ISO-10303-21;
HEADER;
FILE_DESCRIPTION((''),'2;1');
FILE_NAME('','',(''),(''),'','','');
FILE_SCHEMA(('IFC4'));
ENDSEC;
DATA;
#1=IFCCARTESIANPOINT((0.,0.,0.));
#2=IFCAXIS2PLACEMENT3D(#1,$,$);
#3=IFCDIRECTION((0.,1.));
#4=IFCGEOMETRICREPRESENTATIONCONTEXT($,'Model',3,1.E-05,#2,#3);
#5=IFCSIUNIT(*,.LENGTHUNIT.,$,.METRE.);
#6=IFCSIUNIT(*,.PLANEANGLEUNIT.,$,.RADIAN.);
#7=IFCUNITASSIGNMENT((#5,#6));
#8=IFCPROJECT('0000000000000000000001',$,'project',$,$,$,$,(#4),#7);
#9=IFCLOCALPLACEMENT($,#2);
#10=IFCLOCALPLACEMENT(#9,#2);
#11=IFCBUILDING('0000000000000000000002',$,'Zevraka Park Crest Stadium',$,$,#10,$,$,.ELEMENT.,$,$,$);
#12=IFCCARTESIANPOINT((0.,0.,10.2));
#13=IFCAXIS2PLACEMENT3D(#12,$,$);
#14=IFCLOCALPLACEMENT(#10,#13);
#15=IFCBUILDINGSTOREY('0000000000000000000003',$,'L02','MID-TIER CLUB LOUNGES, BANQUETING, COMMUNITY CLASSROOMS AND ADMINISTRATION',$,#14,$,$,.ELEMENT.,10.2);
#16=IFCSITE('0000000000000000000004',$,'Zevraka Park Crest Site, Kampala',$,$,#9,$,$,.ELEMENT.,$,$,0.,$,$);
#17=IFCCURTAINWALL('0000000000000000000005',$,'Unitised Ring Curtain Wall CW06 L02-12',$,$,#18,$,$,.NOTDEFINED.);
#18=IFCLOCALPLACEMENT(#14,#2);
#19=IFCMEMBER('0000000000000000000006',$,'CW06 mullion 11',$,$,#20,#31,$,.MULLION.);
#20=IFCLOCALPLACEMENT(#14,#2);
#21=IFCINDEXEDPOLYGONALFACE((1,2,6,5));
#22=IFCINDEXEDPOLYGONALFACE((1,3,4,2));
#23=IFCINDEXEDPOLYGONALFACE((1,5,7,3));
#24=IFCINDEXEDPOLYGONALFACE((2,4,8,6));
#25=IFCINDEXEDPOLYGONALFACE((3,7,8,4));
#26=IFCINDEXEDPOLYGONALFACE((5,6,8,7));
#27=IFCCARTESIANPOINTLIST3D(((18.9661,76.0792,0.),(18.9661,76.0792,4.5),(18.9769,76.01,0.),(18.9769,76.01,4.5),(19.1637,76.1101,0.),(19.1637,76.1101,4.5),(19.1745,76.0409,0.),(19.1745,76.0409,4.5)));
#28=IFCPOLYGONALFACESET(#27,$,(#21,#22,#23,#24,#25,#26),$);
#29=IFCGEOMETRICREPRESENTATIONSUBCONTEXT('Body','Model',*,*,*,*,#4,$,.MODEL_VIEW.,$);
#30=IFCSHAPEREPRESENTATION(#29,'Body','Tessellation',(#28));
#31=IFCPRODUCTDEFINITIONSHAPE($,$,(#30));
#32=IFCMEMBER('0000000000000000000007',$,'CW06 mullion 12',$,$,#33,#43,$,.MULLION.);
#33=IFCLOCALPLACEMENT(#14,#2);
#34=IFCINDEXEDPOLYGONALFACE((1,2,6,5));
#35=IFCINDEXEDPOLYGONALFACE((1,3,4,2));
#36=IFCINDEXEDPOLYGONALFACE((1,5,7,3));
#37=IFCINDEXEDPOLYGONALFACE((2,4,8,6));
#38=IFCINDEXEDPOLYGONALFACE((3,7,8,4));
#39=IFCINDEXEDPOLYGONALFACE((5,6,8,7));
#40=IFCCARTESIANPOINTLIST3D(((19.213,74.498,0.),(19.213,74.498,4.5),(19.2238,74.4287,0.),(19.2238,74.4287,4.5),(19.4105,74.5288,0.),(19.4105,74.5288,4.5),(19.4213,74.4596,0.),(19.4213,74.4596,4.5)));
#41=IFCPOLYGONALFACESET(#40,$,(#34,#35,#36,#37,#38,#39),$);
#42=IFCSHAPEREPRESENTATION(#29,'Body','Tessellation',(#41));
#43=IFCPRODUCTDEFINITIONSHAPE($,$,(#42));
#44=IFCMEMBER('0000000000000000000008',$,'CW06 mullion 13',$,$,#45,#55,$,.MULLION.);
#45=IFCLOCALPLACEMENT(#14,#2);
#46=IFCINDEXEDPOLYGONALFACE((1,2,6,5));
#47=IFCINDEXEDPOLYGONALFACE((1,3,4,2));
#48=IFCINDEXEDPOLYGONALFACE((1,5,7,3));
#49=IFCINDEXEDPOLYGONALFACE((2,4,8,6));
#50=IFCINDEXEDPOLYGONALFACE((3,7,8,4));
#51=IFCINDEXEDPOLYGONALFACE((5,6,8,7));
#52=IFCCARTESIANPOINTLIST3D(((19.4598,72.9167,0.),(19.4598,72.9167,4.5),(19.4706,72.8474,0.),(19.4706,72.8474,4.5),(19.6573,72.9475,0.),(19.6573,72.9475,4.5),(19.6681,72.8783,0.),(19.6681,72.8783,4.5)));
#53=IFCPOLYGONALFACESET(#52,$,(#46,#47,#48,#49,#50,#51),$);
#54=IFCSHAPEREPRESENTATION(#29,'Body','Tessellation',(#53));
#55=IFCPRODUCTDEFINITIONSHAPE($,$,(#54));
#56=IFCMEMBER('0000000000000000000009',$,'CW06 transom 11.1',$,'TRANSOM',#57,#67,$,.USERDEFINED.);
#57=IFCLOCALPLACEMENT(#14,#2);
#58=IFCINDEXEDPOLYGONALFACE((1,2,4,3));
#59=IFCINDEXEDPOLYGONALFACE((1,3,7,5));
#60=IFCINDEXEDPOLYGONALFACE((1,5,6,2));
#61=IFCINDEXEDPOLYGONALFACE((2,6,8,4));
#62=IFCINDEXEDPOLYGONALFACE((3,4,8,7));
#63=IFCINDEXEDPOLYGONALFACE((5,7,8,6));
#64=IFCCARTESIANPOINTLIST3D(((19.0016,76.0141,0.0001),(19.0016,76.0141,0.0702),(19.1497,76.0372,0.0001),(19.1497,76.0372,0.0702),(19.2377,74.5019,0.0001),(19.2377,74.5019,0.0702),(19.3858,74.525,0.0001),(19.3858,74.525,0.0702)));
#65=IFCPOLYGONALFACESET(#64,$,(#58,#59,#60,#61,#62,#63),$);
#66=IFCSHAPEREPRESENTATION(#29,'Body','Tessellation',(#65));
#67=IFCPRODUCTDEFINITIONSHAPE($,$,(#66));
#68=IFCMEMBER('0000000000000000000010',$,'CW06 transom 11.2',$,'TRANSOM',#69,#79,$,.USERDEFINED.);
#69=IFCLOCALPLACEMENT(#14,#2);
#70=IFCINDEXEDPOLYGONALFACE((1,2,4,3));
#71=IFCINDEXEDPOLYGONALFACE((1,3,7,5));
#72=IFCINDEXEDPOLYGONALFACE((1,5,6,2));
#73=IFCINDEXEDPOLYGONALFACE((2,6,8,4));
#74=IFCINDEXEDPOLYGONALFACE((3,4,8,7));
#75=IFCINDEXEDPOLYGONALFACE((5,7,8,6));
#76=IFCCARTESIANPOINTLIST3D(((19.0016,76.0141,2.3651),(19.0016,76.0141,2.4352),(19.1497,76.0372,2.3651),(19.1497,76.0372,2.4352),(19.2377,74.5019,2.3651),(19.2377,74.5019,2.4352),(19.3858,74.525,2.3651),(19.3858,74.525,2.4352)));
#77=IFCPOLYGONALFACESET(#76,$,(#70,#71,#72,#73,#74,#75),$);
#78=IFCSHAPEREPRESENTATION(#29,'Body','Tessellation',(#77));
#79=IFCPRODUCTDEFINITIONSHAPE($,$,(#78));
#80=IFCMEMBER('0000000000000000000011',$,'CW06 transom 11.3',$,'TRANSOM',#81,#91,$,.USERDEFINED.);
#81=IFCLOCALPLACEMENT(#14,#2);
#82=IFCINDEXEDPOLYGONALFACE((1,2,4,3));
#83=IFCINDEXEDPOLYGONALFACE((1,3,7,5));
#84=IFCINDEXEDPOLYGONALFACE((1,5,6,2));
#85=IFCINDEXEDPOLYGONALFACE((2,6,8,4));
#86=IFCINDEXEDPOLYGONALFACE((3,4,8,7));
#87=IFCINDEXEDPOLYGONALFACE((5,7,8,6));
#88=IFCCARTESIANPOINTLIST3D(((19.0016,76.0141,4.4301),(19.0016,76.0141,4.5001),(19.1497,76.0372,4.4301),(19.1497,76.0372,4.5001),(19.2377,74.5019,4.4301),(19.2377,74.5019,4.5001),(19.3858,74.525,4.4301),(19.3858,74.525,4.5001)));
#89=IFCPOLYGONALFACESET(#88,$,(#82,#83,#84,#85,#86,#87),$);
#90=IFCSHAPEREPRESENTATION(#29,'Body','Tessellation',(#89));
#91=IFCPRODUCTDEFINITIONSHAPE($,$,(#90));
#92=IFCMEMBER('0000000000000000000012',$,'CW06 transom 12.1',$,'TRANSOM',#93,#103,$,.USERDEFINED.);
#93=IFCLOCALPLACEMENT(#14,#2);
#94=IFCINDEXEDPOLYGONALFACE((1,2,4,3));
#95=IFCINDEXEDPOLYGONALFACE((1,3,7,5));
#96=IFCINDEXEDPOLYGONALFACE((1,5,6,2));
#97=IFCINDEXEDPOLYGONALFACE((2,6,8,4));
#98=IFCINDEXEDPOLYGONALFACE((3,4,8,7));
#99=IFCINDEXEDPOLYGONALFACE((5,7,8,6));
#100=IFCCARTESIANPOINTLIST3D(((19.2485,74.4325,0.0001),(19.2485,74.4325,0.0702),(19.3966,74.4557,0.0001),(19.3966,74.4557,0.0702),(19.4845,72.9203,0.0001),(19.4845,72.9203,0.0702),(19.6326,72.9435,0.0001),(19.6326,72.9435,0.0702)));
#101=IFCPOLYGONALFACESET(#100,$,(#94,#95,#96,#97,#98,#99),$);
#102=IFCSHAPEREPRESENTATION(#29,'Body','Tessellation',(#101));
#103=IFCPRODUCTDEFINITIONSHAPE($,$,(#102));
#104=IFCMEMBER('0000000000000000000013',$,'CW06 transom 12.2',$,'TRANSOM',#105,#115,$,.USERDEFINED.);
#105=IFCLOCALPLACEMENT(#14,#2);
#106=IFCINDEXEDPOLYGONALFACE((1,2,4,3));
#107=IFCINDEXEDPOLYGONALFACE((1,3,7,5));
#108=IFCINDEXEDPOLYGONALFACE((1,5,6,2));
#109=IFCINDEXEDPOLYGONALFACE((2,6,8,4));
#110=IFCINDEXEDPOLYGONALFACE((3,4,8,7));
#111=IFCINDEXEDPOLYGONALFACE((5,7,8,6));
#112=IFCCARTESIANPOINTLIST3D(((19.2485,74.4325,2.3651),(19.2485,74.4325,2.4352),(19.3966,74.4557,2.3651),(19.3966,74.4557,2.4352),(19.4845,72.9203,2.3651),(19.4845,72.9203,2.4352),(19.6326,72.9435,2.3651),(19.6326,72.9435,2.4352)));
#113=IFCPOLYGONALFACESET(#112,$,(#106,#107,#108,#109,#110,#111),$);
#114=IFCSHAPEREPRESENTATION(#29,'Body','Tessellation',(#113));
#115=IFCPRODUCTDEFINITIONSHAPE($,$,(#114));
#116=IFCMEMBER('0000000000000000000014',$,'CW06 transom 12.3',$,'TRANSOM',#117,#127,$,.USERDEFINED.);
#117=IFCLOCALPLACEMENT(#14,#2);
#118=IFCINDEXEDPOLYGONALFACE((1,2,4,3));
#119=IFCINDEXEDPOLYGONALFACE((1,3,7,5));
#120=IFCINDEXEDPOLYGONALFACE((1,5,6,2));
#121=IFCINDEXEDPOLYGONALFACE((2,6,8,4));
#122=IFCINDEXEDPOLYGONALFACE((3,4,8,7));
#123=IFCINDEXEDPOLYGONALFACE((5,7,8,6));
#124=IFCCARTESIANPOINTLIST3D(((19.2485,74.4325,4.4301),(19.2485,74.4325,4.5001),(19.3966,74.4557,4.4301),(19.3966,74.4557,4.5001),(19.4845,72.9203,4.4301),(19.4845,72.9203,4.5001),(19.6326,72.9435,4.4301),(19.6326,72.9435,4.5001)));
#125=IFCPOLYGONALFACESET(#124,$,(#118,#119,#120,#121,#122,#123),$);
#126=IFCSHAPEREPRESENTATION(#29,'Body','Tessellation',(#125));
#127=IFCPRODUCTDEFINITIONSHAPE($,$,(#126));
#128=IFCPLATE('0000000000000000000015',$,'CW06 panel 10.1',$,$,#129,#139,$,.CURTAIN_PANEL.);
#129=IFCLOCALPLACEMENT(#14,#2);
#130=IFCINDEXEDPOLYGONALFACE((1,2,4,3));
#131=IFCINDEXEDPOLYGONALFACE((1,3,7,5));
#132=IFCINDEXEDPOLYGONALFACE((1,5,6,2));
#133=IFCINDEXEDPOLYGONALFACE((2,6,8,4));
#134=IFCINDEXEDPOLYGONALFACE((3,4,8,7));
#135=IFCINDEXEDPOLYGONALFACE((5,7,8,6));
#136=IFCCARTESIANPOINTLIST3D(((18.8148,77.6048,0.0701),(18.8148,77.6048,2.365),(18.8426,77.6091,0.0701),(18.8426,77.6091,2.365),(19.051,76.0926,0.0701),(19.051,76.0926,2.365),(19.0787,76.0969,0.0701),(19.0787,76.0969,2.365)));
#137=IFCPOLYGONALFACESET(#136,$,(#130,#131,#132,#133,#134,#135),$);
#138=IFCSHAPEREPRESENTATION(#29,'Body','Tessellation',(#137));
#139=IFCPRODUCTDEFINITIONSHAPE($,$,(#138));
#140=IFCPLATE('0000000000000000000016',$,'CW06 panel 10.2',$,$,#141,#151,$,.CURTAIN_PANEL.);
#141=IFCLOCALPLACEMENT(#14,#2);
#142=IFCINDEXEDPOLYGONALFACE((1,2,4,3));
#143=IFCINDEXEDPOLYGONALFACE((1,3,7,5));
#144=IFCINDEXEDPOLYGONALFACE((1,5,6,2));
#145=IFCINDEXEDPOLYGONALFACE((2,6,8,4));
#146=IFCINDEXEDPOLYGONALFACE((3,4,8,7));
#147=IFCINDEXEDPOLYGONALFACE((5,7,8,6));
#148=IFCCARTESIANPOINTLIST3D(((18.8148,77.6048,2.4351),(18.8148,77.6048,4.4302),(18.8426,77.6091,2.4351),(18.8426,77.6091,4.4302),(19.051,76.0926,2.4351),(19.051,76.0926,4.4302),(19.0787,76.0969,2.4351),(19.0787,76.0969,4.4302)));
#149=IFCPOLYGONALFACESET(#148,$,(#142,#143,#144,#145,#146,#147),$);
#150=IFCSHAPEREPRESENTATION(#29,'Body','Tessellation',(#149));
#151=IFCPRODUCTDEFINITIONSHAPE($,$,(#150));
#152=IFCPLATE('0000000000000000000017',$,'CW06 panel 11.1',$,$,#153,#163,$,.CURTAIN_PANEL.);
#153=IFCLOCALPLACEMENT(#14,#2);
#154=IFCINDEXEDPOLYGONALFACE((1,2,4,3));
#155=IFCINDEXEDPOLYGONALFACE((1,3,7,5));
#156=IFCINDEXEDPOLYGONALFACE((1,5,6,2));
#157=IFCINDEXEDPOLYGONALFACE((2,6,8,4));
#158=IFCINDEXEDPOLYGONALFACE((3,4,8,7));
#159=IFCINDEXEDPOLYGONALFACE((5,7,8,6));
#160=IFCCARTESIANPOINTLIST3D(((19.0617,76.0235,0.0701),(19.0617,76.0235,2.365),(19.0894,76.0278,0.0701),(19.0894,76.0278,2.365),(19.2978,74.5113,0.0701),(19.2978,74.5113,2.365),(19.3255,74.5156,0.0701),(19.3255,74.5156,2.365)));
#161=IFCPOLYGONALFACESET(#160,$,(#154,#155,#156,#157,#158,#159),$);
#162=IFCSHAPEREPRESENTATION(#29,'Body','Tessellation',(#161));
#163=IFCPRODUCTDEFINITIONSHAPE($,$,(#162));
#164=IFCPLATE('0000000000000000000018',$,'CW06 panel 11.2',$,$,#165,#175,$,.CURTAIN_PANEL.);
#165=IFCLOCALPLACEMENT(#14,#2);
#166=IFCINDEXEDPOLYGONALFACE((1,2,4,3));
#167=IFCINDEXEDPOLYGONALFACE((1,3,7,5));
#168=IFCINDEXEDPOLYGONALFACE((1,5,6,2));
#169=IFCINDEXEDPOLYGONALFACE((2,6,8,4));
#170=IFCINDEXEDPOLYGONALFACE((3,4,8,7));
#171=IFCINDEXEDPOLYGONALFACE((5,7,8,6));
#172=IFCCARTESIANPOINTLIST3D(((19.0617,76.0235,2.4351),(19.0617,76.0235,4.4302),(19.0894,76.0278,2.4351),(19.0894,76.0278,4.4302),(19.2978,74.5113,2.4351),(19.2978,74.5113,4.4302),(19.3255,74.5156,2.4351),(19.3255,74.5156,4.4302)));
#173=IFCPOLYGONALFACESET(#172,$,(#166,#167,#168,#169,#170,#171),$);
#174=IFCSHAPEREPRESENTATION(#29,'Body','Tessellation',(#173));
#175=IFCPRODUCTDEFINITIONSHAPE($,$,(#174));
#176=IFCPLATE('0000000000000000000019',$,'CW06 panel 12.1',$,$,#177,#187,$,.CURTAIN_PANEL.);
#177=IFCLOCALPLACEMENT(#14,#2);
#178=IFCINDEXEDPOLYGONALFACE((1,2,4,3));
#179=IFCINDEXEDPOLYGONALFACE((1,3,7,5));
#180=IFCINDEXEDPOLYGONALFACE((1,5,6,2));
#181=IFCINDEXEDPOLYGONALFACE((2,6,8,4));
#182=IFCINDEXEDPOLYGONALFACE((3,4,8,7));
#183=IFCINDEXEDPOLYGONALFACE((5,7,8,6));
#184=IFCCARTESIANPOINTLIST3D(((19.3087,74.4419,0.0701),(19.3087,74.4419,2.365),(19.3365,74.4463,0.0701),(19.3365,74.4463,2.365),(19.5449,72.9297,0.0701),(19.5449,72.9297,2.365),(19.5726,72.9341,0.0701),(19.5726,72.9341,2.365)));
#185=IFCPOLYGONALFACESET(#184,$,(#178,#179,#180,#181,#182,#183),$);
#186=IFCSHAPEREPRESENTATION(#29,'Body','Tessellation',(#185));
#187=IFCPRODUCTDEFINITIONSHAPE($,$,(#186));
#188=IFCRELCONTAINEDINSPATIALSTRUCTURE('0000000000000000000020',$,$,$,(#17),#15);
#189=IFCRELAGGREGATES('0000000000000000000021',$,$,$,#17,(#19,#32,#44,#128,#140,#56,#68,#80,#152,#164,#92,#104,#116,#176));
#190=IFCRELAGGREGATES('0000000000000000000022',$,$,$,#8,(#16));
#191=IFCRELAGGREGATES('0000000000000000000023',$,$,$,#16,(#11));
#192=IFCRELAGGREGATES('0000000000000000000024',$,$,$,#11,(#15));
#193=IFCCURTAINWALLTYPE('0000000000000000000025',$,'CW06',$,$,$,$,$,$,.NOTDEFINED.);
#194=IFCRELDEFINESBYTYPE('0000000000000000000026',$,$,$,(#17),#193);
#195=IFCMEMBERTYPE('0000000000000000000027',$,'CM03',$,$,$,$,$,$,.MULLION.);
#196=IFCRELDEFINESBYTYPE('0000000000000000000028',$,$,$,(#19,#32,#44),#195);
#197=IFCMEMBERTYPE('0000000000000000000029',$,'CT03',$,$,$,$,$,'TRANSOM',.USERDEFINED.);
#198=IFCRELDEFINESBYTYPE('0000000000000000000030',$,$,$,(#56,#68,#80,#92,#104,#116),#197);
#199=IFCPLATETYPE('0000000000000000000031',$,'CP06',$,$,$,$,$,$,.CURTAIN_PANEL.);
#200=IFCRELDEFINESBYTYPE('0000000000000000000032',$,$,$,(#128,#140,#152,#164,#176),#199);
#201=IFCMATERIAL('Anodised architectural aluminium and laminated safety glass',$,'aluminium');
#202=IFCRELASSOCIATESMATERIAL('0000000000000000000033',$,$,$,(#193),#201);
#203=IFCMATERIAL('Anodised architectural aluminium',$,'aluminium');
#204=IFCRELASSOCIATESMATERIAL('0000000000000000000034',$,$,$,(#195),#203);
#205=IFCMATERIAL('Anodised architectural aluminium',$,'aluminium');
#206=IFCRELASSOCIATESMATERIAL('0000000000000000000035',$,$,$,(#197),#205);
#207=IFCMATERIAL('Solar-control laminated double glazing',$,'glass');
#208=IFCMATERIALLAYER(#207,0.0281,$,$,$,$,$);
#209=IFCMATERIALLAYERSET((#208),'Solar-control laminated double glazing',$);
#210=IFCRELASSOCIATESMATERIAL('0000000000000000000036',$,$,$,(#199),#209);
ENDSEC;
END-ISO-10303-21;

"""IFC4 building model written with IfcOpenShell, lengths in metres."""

from ifc_helpers import new_model, si_unit, direction, frame, origin, origin_2d, place, context, subcontext, project, spatial, rectangle, extrude, material, layer, layer_set, material_profile, profile_set, type_object, element, aggregate, save


model = new_model("IFC4")

# Units and contexts
model_context = context("Model", 3, precision=1e-05, world=origin(), true_north=direction((0.0, 1.0)))
body_context = subcontext(model_context, "Body", "Model", "MODEL_VIEW")
ifc_project = project(units=[si_unit("LENGTHUNIT", "METRE"), si_unit("PLANEANGLEUNIT", "RADIAN")], contexts=[model_context])

# Site, building, storey
site_placement = place(None, origin())
site = spatial("IfcSite", under=ifc_project, at=site_placement, Name="Zevraka Park Crest Site, Kampala", CompositionType="ELEMENT", RefElevation=0.0)
building_placement = place(site_placement, origin())
building = spatial("IfcBuilding", under=site, at=building_placement, Name="Zevraka Park Crest Stadium", CompositionType="ELEMENT")
storey_placement = place(building_placement, frame((0.0, 0.0, 10.2)))
storey = spatial("IfcBuildingStorey", under=building, at=storey_placement, Name="L02", Description="MID-TIER CLUB LOUNGES, BANQUETING, COMMUNITY CLASSROOMS AND ADMINISTRATION", CompositionType="ELEMENT", Elevation=10.2)

# Curtain wall, members, plates
ifc_material_1 = material(Name="Anodised architectural aluminium and laminated safety glass", Category="aluminium")
curtain_wall_type = type_object("IfcCurtainWallType", Name="CW06", PredefinedType="NOTDEFINED", material=ifc_material_1)
curtain_wall_placement = place(storey_placement, origin())
curtain_wall = element("IfcCurtainWall", 1, at=curtain_wall_placement, inside=storey, type_object=curtain_wall_type, Name="Unitised Ring Curtain Wall CW06 L02-12", PredefinedType="NOTDEFINED")
ifc_material_2 = material(Name="Anodised architectural aluminium", Category="aluminium")
ifc_material_profile_1 = material_profile(ifc_material_2, rectangle(XDim=0.2, YDim=0.0701, at=origin_2d()), Name="ALU MULLION 200x70")
ifc_profile_set_1 = profile_set([ifc_material_profile_1], Name="Anodised architectural aluminium")
member_type_1 = type_object("IfcMemberType", Name="CM03", PredefinedType="MULLION", material=ifc_profile_set_1)
member_1_placement = place(storey_placement, frame((19.0703, 76.0601, 0.0), z_axis=(0.0, 0.0, 1.0), x_axis=(0.988028, 0.154274, 0.0)))
member_1 = element("IfcMember", 2, at=member_1_placement, type_object=member_type_1, Name="CW06 mullion 11", PredefinedType="MULLION", context=body_context, shape_type="SweptSolid", body=[
    extrude(rectangle(XDim=0.2, YDim=0.0701, at=origin_2d()), origin(), (0.0, 0.0, 1.0), 4.5),
])
member_2_placement = place(storey_placement, frame((19.3171, 74.4788, 0.0), z_axis=(0.0, 0.0, 1.0), x_axis=(0.988028, 0.154274, 0.0)))
member_2 = element("IfcMember", 3, at=member_2_placement, type_object=member_type_1, Name="CW06 mullion 12", PredefinedType="MULLION", context=body_context, shape_type="SweptSolid", body=[
    extrude(rectangle(XDim=0.2, YDim=0.0701, at=origin_2d()), origin(), (0.0, 0.0, 1.0), 4.5),
])
member_3_placement = place(storey_placement, frame((19.564, 72.8975, 0.0), z_axis=(0.0, 0.0, 1.0), x_axis=(0.988028, 0.154274, 0.0)))
member_3 = element("IfcMember", 4, at=member_3_placement, type_object=member_type_1, Name="CW06 mullion 13", PredefinedType="MULLION", context=body_context, shape_type="SweptSolid", body=[
    extrude(rectangle(XDim=0.2, YDim=0.0701, at=origin_2d()), origin(), (0.0, 0.0, 1.0), 4.5),
])
ifc_material_3 = material(Name="Anodised architectural aluminium", Category="aluminium")
ifc_material_profile_2 = material_profile(ifc_material_3, rectangle(XDim=0.1499, YDim=0.0701, at=origin_2d()), Name="ALU TRANSOM 150x70")
ifc_profile_set_2 = profile_set([ifc_material_profile_2], Name="Anodised architectural aluminium")
member_type_2 = type_object("IfcMemberType", Name="CT03", ElementType="TRANSOM", PredefinedType="USERDEFINED", material=ifc_profile_set_2)
member_4_placement = place(storey_placement, frame((19.0757, 76.0256, 0.0352), z_axis=(0.15425, -0.988032, 0.0), x_axis=(0.988032, 0.15425, 0.0)))
member_4 = element("IfcMember", 5, at=member_4_placement, type_object=member_type_2, Name="CW06 transom 11.1", ObjectType="TRANSOM", PredefinedType="USERDEFINED", context=body_context, shape_type="SweptSolid", body=[
    extrude(rectangle(XDim=0.1499, YDim=0.0701, at=origin_2d()), origin(), (0.0, 0.0, 1.0), 1.5305),
])
member_5_placement = place(storey_placement, frame((19.0757, 76.0256, 2.4001), z_axis=(0.15425, -0.988032, 0.0), x_axis=(0.988032, 0.15425, 0.0)))
member_5 = element("IfcMember", 6, at=member_5_placement, type_object=member_type_2, Name="CW06 transom 11.2", ObjectType="TRANSOM", PredefinedType="USERDEFINED", context=body_context, shape_type="SweptSolid", body=[
    extrude(rectangle(XDim=0.1499, YDim=0.0701, at=origin_2d()), origin(), (0.0, 0.0, 1.0), 1.5305),
])
member_6_placement = place(storey_placement, frame((19.0757, 76.0256, 4.4651), z_axis=(0.15425, -0.988032, 0.0), x_axis=(0.988032, 0.15425, 0.0)))
member_6 = element("IfcMember", 7, at=member_6_placement, type_object=member_type_2, Name="CW06 transom 11.3", ObjectType="TRANSOM", PredefinedType="USERDEFINED", context=body_context, shape_type="SweptSolid", body=[
    extrude(rectangle(XDim=0.1499, YDim=0.0701, at=origin_2d()), origin(), (0.0, 0.0, 1.0), 1.5305),
])
member_7_placement = place(storey_placement, frame((19.3225, 74.4441, 0.0352), z_axis=(0.15425, -0.988032, 0.0), x_axis=(0.988032, 0.15425, 0.0)))
member_7 = element("IfcMember", 8, at=member_7_placement, type_object=member_type_2, Name="CW06 transom 12.1", ObjectType="TRANSOM", PredefinedType="USERDEFINED", context=body_context, shape_type="SweptSolid", body=[
    extrude(rectangle(XDim=0.1499, YDim=0.0701, at=origin_2d()), origin(), (0.0, 0.0, 1.0), 1.5305),
])
member_8_placement = place(storey_placement, frame((19.3225, 74.4441, 2.4001), z_axis=(0.15425, -0.988032, 0.0), x_axis=(0.988032, 0.15425, 0.0)))
member_8 = element("IfcMember", 9, at=member_8_placement, type_object=member_type_2, Name="CW06 transom 12.2", ObjectType="TRANSOM", PredefinedType="USERDEFINED", context=body_context, shape_type="SweptSolid", body=[
    extrude(rectangle(XDim=0.1499, YDim=0.0701, at=origin_2d()), origin(), (0.0, 0.0, 1.0), 1.5305),
])
member_9_placement = place(storey_placement, frame((19.3225, 74.4441, 4.4651), z_axis=(0.15425, -0.988032, 0.0), x_axis=(0.988032, 0.15425, 0.0)))
member_9 = element("IfcMember", 10, at=member_9_placement, type_object=member_type_2, Name="CW06 transom 12.3", ObjectType="TRANSOM", PredefinedType="USERDEFINED", context=body_context, shape_type="SweptSolid", body=[
    extrude(rectangle(XDim=0.1499, YDim=0.0701, at=origin_2d()), origin(), (0.0, 0.0, 1.0), 1.5305),
])
ifc_material_4 = material(Name="Solar-control laminated double glazing", Category="glass")
ifc_layer_1 = layer(ifc_material_4, 0.0281)
ifc_layer_set_1 = layer_set([ifc_layer_1], Name="Solar-control laminated double glazing")
plate_type = type_object("IfcPlateType", Name="CP06", PredefinedType="CURTAIN_PANEL", material=ifc_layer_set_1)
plate_1_placement = place(storey_placement, frame((18.9468, 76.8508, 0.0701), z_axis=(0.0, 0.0, 1.0), x_axis=(0.154274, -0.988028, 0.0)))
plate_1 = element("IfcPlate", 11, at=plate_1_placement, type_object=plate_type, Name="CW06 panel 10.1", PredefinedType="CURTAIN_PANEL", context=body_context, shape_type="SweptSolid", body=[
    extrude(rectangle(XDim=1.5305, YDim=0.0281, at=origin_2d()), origin(), (0.0, 0.0, 1.0), 2.2949),
])
plate_2_placement = place(storey_placement, frame((18.9468, 76.8508, 2.4351), z_axis=(0.0, 0.0, 1.0), x_axis=(0.154274, -0.988028, 0.0)))
plate_2 = element("IfcPlate", 12, at=plate_2_placement, type_object=plate_type, Name="CW06 panel 10.2", PredefinedType="CURTAIN_PANEL", context=body_context, shape_type="SweptSolid", body=[
    extrude(rectangle(XDim=1.5305, YDim=0.0281, at=origin_2d()), origin(), (0.0, 0.0, 1.0), 1.9951),
])
plate_3_placement = place(storey_placement, frame((19.1936, 75.2695, 0.0701), z_axis=(0.0, 0.0, 1.0), x_axis=(0.154274, -0.988028, 0.0)))
plate_3 = element("IfcPlate", 13, at=plate_3_placement, type_object=plate_type, Name="CW06 panel 11.1", PredefinedType="CURTAIN_PANEL", context=body_context, shape_type="SweptSolid", body=[
    extrude(rectangle(XDim=1.5305, YDim=0.0281, at=origin_2d()), origin(), (0.0, 0.0, 1.0), 2.2949),
])
plate_4_placement = place(storey_placement, frame((19.1936, 75.2695, 2.4351), z_axis=(0.0, 0.0, 1.0), x_axis=(0.154274, -0.988028, 0.0)))
plate_4 = element("IfcPlate", 14, at=plate_4_placement, type_object=plate_type, Name="CW06 panel 11.2", PredefinedType="CURTAIN_PANEL", context=body_context, shape_type="SweptSolid", body=[
    extrude(rectangle(XDim=1.5305, YDim=0.0281, at=origin_2d()), origin(), (0.0, 0.0, 1.0), 1.9951),
])
plate_5_placement = place(storey_placement, frame((19.4407, 73.688, 0.0701), z_axis=(0.0, 0.0, 1.0), x_axis=(0.154274, -0.988028, 0.0)))
plate_5 = element("IfcPlate", 15, at=plate_5_placement, type_object=plate_type, Name="CW06 panel 12.1", PredefinedType="CURTAIN_PANEL", context=body_context, shape_type="SweptSolid", body=[
    extrude(rectangle(XDim=1.5305, YDim=0.0281, at=origin_2d()), origin(), (0.0, 0.0, 1.0), 2.2949),
])
aggregate(curtain_wall, [member_1, member_2, member_3, plate_1, plate_2, member_4, member_5, member_6, plate_3, plate_4, member_7, member_8, member_9, plate_5])

save(model, "model.ifc")
